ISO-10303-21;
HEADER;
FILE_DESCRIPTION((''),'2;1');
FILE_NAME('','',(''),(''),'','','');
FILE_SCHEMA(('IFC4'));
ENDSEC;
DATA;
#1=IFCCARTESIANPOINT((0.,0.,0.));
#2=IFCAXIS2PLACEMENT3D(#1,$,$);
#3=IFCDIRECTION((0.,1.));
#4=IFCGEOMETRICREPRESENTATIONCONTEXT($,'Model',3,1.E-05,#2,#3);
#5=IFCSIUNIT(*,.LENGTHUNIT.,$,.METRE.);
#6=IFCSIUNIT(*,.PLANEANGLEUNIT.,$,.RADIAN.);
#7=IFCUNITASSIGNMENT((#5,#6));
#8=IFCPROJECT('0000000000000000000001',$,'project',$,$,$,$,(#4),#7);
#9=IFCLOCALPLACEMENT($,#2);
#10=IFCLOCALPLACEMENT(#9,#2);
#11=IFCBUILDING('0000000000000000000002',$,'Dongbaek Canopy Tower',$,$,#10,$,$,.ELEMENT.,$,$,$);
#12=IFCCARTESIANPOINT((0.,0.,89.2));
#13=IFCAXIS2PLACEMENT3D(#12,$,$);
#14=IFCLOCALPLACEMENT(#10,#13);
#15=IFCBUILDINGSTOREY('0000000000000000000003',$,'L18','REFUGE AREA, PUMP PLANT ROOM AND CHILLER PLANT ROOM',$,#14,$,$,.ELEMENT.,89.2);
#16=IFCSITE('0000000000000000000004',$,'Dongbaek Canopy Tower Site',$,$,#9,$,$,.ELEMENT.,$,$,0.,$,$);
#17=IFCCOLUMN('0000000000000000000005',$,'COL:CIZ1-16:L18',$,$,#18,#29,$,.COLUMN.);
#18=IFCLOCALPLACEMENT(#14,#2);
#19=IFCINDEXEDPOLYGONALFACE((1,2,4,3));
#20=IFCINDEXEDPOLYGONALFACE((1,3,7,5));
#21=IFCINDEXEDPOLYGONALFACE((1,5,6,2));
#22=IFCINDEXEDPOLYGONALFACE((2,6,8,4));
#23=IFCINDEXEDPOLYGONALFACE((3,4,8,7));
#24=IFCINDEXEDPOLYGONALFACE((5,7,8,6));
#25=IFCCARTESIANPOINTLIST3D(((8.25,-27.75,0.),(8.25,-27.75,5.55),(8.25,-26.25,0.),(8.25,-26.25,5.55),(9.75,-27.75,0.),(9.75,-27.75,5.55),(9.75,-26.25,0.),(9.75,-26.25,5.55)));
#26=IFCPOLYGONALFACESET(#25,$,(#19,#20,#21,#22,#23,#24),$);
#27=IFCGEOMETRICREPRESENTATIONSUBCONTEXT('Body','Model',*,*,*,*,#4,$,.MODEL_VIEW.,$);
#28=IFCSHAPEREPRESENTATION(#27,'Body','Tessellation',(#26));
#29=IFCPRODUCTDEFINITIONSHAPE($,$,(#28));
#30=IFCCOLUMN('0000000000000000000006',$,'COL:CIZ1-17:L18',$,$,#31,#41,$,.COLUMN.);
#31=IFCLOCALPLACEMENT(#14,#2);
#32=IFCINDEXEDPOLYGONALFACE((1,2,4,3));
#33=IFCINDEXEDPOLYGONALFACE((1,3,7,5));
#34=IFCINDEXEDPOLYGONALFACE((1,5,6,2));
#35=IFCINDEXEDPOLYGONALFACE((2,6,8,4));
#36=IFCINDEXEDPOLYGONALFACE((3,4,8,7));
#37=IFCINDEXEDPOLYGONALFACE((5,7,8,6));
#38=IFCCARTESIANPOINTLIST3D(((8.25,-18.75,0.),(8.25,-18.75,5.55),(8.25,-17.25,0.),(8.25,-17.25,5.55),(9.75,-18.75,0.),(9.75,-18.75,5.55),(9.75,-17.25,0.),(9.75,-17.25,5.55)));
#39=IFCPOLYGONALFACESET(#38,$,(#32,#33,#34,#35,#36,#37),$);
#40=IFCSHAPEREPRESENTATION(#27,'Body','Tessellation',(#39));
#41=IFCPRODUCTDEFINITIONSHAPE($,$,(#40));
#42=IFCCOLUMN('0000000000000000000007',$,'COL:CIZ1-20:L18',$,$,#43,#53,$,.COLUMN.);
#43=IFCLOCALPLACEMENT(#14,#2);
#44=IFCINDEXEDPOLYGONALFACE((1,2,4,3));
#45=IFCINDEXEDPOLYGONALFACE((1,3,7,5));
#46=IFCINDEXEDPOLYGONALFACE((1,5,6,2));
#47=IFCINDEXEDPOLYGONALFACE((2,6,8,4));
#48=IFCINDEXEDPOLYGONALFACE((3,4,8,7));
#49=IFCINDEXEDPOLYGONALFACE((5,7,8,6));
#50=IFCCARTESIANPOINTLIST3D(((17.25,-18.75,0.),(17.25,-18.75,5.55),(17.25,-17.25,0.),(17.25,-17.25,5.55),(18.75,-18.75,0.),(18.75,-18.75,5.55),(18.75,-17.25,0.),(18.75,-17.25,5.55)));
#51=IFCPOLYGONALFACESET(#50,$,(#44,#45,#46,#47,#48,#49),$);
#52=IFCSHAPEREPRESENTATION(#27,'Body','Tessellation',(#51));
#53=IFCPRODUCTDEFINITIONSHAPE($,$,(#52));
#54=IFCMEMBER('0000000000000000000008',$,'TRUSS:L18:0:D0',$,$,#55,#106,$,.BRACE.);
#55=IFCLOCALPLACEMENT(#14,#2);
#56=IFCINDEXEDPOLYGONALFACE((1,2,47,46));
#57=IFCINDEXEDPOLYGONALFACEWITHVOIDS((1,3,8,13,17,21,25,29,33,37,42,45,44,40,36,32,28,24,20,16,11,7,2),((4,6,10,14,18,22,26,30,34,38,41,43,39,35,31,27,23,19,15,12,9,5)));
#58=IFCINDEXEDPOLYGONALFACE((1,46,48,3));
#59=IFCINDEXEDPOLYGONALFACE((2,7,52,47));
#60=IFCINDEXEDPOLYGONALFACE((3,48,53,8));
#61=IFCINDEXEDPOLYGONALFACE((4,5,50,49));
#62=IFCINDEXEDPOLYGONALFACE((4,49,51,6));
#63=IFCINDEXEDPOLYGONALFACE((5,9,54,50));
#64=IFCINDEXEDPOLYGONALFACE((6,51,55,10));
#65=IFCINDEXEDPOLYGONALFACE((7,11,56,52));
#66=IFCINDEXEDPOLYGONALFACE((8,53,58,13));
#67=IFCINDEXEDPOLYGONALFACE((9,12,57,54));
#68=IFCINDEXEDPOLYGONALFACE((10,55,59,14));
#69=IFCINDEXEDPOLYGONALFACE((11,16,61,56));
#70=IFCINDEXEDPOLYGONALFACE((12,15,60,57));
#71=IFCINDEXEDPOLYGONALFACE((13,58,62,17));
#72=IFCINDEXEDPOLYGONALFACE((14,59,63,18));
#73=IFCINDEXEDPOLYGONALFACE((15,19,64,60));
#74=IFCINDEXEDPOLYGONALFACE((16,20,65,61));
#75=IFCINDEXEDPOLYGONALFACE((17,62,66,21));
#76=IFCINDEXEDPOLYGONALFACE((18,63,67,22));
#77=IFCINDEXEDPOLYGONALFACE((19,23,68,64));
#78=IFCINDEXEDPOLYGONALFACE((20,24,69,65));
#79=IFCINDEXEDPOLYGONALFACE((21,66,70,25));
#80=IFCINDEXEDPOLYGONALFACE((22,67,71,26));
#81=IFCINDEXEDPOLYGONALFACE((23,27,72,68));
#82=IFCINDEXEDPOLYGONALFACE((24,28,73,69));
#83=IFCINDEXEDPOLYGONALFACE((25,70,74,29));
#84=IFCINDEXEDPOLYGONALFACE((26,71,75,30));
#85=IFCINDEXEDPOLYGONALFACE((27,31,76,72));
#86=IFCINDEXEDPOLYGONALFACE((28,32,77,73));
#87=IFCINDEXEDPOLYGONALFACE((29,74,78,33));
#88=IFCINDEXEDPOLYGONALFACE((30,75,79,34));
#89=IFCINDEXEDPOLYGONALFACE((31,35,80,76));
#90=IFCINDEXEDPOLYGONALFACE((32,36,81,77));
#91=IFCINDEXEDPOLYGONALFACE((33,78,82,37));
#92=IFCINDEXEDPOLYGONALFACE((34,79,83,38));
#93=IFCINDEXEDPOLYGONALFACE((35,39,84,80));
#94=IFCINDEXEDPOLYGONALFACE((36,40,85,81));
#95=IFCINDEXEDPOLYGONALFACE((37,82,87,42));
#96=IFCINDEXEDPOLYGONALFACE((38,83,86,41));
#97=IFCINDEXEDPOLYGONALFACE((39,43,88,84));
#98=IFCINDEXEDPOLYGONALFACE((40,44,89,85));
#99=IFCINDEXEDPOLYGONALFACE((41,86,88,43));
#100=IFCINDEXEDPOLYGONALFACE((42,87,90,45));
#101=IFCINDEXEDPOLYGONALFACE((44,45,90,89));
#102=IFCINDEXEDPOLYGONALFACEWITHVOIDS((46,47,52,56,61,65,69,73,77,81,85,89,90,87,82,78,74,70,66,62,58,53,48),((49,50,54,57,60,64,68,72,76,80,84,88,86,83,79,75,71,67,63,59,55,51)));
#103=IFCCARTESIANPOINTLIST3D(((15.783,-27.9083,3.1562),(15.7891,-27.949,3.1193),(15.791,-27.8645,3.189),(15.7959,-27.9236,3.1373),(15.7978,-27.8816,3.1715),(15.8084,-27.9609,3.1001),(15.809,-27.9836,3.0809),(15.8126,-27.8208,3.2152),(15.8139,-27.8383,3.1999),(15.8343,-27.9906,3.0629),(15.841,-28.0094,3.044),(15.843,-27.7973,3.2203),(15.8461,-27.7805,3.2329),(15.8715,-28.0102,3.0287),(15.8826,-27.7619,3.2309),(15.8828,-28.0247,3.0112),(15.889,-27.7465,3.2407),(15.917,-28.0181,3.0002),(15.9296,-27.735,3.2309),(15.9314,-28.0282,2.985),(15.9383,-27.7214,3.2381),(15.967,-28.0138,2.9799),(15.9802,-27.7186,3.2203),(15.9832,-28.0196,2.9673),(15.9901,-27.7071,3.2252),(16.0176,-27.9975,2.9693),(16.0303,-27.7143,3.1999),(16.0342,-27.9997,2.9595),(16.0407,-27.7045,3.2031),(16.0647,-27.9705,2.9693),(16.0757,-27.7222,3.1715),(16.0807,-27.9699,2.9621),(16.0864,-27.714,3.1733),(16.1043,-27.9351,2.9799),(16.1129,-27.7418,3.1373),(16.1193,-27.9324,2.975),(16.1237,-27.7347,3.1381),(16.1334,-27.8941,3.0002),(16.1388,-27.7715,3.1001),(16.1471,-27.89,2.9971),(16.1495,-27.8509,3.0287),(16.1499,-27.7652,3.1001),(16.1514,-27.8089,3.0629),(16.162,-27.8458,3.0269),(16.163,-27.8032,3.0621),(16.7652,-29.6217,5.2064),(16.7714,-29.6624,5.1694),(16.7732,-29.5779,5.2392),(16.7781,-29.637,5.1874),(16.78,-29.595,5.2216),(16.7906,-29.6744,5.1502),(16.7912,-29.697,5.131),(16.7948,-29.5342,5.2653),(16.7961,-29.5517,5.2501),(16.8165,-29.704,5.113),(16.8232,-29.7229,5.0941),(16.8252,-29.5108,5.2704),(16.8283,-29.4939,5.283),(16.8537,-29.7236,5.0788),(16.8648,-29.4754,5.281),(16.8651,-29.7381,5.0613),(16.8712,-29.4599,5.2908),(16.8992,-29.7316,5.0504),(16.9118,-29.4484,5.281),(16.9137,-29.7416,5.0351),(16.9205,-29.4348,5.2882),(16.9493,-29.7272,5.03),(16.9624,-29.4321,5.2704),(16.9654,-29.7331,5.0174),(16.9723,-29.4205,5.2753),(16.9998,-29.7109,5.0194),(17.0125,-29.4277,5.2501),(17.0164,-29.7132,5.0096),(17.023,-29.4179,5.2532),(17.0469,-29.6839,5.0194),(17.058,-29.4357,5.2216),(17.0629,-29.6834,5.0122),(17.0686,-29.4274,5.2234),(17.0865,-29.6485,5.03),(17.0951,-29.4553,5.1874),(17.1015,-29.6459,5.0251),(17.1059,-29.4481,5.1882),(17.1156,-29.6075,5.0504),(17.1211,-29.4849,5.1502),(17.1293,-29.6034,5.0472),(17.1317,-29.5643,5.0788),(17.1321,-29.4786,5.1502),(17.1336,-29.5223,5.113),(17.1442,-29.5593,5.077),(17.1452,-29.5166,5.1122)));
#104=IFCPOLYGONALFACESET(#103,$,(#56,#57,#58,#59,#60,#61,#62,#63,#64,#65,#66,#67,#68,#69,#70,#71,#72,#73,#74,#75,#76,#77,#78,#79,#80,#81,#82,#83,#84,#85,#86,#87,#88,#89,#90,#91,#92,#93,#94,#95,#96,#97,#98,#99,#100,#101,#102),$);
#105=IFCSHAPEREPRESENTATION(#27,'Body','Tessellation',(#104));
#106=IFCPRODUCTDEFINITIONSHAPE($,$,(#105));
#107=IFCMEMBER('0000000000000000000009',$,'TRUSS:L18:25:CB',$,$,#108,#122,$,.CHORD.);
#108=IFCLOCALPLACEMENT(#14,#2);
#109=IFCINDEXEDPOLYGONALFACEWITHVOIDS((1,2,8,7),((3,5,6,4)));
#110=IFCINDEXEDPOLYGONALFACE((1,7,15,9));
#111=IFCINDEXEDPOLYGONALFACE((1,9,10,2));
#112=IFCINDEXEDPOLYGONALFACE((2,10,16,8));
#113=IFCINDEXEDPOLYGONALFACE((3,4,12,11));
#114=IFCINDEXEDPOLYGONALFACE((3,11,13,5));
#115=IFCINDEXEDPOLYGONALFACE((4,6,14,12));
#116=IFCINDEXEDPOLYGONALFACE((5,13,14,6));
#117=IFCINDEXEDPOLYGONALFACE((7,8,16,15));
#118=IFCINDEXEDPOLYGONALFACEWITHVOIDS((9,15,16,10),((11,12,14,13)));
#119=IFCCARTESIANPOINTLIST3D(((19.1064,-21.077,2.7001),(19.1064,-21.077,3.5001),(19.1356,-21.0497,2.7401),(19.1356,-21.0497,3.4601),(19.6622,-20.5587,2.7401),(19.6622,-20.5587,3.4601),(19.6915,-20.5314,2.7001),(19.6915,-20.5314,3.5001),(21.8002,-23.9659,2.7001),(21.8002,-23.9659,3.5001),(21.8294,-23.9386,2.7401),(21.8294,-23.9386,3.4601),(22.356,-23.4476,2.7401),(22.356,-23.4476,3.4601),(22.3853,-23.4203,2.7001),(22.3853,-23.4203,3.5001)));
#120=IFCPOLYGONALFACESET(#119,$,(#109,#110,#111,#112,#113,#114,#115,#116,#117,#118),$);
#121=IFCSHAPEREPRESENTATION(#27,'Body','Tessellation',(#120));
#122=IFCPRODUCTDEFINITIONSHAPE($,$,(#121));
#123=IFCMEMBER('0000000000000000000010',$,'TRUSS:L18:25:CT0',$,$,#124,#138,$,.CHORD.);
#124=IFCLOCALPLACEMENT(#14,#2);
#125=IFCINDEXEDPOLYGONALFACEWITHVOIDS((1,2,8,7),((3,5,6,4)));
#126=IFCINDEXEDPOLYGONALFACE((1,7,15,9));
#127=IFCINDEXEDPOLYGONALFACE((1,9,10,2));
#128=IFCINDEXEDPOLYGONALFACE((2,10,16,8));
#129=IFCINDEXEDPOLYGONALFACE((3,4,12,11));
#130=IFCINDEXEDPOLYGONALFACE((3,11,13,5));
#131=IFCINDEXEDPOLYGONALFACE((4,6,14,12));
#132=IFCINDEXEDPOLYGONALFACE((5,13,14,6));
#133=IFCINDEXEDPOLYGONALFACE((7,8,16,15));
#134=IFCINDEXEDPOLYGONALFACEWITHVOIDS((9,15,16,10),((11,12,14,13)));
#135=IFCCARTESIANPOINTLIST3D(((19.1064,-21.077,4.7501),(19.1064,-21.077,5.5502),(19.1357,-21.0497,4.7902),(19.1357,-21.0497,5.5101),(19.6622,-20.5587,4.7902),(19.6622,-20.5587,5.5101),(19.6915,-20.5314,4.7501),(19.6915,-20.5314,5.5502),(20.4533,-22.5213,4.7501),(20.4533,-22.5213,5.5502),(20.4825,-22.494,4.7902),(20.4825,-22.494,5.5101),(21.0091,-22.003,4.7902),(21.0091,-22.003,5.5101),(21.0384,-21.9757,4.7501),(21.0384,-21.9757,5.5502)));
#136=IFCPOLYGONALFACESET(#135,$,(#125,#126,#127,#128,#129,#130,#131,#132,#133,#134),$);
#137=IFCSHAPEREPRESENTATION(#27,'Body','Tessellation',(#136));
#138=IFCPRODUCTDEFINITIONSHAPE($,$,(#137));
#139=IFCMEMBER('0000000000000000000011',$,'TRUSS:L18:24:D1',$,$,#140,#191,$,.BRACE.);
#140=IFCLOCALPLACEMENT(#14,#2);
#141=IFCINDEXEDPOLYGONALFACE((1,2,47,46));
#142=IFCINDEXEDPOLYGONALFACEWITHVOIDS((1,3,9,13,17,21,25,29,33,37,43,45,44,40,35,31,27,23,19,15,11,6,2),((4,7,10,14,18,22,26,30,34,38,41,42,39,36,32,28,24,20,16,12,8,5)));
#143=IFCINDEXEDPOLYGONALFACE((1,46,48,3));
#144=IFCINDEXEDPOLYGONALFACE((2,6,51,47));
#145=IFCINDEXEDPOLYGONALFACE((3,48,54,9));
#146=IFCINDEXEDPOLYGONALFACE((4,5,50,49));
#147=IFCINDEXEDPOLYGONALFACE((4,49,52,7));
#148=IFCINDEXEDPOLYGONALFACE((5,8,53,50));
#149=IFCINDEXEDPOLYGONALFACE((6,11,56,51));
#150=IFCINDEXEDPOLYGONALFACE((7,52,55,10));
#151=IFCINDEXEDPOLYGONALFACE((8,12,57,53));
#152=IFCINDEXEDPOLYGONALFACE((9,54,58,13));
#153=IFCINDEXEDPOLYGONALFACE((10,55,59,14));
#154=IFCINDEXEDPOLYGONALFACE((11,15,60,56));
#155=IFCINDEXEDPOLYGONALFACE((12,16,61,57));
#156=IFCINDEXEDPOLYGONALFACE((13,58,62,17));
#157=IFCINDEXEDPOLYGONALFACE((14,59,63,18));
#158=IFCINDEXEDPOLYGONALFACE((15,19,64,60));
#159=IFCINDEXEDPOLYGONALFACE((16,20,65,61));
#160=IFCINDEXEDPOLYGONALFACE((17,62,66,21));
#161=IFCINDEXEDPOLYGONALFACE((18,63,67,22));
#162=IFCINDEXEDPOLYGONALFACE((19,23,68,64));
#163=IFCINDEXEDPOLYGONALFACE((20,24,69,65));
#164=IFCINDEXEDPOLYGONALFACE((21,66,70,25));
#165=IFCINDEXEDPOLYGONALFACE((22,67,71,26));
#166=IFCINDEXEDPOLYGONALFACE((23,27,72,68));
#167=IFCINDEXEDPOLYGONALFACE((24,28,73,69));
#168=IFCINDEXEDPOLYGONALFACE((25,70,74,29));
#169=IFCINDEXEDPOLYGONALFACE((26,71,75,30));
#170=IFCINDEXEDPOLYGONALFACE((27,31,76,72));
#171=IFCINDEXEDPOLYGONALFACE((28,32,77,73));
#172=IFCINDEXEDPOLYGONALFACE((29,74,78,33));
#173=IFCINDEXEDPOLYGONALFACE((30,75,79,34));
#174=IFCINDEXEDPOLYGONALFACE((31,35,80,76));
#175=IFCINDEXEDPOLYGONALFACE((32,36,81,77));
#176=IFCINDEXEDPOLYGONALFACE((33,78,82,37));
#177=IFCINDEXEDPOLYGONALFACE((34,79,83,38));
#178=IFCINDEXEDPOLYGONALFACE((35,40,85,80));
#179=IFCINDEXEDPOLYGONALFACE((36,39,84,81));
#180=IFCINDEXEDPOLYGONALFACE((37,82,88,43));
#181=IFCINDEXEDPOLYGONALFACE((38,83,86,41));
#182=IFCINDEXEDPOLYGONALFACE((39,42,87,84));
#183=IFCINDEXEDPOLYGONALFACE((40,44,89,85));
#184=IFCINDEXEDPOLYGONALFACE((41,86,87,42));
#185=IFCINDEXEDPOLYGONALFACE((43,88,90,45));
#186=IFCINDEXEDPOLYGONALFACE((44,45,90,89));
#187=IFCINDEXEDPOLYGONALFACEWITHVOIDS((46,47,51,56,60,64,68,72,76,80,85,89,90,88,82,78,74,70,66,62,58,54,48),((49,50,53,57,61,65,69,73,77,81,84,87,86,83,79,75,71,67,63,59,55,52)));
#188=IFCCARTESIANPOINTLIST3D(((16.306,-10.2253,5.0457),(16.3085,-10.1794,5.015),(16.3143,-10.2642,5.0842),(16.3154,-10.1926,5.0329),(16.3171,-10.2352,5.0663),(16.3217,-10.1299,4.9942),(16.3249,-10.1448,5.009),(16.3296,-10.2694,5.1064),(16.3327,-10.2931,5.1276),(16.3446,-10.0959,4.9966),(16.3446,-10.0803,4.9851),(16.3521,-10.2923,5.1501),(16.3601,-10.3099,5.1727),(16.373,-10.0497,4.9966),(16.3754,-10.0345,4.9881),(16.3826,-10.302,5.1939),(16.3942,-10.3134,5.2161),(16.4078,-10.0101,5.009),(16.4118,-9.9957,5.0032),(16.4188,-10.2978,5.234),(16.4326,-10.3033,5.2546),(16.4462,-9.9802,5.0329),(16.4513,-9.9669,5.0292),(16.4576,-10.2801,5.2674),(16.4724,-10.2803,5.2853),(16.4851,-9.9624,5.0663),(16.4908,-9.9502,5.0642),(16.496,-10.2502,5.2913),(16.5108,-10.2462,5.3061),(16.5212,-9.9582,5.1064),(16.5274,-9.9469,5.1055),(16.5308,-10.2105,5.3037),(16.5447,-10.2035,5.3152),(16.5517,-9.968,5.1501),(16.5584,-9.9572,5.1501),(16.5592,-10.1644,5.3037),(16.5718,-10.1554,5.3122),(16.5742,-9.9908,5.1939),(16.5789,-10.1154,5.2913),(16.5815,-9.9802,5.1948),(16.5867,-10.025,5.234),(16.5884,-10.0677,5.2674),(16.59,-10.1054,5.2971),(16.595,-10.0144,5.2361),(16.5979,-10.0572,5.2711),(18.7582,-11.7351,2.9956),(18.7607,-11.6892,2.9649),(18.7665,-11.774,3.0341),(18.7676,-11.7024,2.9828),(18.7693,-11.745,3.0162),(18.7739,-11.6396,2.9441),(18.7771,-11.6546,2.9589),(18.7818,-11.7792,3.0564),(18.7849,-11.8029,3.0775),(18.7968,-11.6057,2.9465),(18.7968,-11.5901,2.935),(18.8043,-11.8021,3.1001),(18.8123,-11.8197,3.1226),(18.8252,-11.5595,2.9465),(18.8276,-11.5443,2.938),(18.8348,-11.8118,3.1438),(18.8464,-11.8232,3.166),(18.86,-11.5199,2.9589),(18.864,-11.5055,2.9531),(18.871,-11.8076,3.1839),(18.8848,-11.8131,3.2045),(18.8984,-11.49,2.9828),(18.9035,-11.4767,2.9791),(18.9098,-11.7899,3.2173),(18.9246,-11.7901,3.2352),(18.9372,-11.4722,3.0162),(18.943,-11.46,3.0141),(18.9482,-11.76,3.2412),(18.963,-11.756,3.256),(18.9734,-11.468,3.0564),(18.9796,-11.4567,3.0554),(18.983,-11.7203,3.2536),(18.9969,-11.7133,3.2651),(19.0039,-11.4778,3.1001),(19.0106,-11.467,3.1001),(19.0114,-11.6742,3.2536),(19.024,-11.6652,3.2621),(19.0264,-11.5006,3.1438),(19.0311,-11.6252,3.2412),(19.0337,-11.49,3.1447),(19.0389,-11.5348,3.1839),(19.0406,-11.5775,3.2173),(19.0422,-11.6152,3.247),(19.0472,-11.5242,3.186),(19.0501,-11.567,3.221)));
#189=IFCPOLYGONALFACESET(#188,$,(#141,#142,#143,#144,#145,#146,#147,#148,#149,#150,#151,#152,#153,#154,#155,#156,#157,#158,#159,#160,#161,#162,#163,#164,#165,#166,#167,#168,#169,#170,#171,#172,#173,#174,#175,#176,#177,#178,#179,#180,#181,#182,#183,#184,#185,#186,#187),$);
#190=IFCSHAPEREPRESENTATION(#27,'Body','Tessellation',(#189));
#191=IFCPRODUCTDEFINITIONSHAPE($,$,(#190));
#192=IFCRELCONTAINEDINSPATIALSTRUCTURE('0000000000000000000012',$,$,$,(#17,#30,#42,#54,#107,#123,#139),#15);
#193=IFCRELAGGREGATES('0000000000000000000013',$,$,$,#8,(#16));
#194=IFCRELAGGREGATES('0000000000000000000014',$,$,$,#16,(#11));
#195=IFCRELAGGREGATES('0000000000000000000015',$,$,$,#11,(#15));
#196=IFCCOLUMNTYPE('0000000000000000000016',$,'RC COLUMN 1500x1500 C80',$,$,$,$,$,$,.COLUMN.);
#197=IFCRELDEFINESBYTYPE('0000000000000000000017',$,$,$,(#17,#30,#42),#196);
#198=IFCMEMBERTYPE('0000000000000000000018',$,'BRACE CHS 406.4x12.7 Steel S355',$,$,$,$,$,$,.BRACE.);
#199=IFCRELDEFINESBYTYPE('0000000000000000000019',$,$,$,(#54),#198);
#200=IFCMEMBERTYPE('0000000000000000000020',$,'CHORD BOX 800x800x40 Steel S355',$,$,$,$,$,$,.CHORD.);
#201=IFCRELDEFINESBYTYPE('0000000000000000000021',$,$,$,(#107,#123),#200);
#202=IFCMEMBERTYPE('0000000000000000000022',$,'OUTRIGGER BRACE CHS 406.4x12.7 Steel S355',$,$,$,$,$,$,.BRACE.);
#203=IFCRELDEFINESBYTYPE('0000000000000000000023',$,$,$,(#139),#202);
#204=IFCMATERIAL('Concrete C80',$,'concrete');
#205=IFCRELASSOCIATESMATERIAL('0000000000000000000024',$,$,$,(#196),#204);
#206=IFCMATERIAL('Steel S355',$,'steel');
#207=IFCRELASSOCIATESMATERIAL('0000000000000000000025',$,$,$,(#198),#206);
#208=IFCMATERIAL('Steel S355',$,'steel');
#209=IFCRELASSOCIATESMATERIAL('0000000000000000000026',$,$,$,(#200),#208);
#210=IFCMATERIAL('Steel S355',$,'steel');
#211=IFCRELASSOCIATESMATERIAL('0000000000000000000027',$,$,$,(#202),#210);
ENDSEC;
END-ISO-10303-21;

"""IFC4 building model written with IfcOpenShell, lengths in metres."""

from ifc_helpers import new_model, si_unit, direction, frame, origin, origin_2d, place, context, subcontext, project, spatial, rectangle, hollow_rectangle, hollow_circle, extrude, material, material_profile, profile_set, type_object, element, save


model = new_model("IFC4")

# Units and contexts
model_context = context("Model", 3, precision=1e-05, world=origin(), true_north=direction((0.0, 1.0)))
body_context = subcontext(model_context, "Body", "Model", "MODEL_VIEW")
ifc_project = project(units=[si_unit("LENGTHUNIT", "METRE"), si_unit("PLANEANGLEUNIT", "RADIAN")], contexts=[model_context])

# Site, building, storey
site_placement = place(None, origin())
site = spatial("IfcSite", under=ifc_project, at=site_placement, Name="Dongbaek Canopy Tower Site", CompositionType="ELEMENT", RefElevation=0.0)
building_placement = place(site_placement, origin())
building = spatial("IfcBuilding", under=site, at=building_placement, Name="Dongbaek Canopy Tower", CompositionType="ELEMENT")
storey_placement = place(building_placement, frame((0.0, 0.0, 89.2)))
storey = spatial("IfcBuildingStorey", under=building, at=storey_placement, Name="L18", Description="REFUGE AREA, PUMP PLANT ROOM AND CHILLER PLANT ROOM", CompositionType="ELEMENT", Elevation=89.2)

# Columns
ifc_material_1 = material(Name="Concrete C80", Category="concrete")
ifc_material_profile_1 = material_profile(ifc_material_1, rectangle(XDim=1.5, YDim=1.5, at=origin_2d()), Name="RC COLUMN 1500x1500 C80")
ifc_profile_set_1 = profile_set([ifc_material_profile_1], Name="Concrete C80")
column_type = type_object("IfcColumnType", Name="RC COLUMN 1500x1500 C80", PredefinedType="COLUMN", material=ifc_profile_set_1)
for number, where, z_axis, x_axis, name in (
    (1, (9.0, -27.0, 0.0), (0.0, 0.0, 1.0), (1.0, 0.0, 0.0), "COL:CIZ1-16:L18"),
    (2, (9.0, -18.0, 0.0), (0.0, 0.0, 1.0), (1.0, 0.0, 0.0), "COL:CIZ1-17:L18"),
    (3, (18.0, -18.0, 0.0), (0.0, 0.0, 1.0), (1.0, 0.0, 0.0), "COL:CIZ1-20:L18"),
):
    element("IfcColumn", number, at=place(storey_placement, frame(where, z_axis=z_axis, x_axis=x_axis)), inside=storey, type_object=column_type, Name=name, PredefinedType="COLUMN", context=body_context, shape_type="SweptSolid", body=[
        extrude(rectangle(XDim=1.5, YDim=1.5, at=origin_2d()), origin(), (0.0, 0.0, 1.0), 5.55),
    ])

# Members
ifc_material_2 = material(Name="Steel S355", Category="steel")
ifc_material_profile_2 = material_profile(ifc_material_2, hollow_circle(Radius=0.2031, WallThickness=0.0127, at=origin_2d()), Name="BRACE CHS 406.4x12.7 Steel S355")
ifc_profile_set_2 = profile_set([ifc_material_profile_2], Name="Steel S355")
member_type_1 = type_object("IfcMemberType", Name="BRACE CHS 406.4x12.7 Steel S355", PredefinedType="BRACE", material=ifc_profile_set_2)
member_1_placement = place(storey_placement, frame((15.9736, -27.8662, 3.1001), z_axis=(0.345037, -0.601907, 0.720179), x_axis=(0.867565, 0.497323, 0.0)))
element("IfcMember", 4, at=member_1_placement, inside=storey, type_object=member_type_1, Name="TRUSS:L18:0:D0", PredefinedType="BRACE", context=body_context, shape_type="SweptSolid", body=[
    extrude(hollow_circle(Radius=0.2031, WallThickness=0.0127, at=origin_2d()), origin(), (0.0, 0.0, 1.0), 2.8467),
])
ifc_material_3 = material(Name="Steel S355", Category="steel")
ifc_material_profile_3 = material_profile(ifc_material_3, hollow_rectangle(XDim=0.8, YDim=0.8, WallThickness=0.04, at=origin_2d()), Name="CHORD BOX 800x800x40 Steel S355")
ifc_profile_set_3 = profile_set([ifc_material_profile_3], Name="Steel S355")
member_type_2 = type_object("IfcMemberType", Name="CHORD BOX 800x800x40 Steel S355", PredefinedType="CHORD", material=ifc_profile_set_3)
member_2_placement = place(storey_placement, frame((19.3989, -20.8042, 3.1001), z_axis=(0.681983, -0.731368, 0.0), x_axis=(0.731368, 0.681983, 0.0)))
element("IfcMember", 5, at=member_2_placement, inside=storey, type_object=member_type_2, Name="TRUSS:L18:25:CB", PredefinedType="CHORD", context=body_context, shape_type="SweptSolid", body=[
    extrude(hollow_rectangle(XDim=0.8, YDim=0.8, WallThickness=0.04, at=origin_2d()), origin(), (0.0, 0.0, 1.0), 3.95),
])
member_3_placement = place(storey_placement, frame((19.3989, -20.8042, 5.1501), z_axis=(0.682014, -0.731339, 0.0), x_axis=(0.731339, 0.682014, 0.0)))
element("IfcMember", 6, at=member_3_placement, inside=storey, type_object=member_type_2, Name="TRUSS:L18:25:CT0", PredefinedType="CHORD", context=body_context, shape_type="SweptSolid", body=[
    extrude(hollow_rectangle(XDim=0.8, YDim=0.8, WallThickness=0.04, at=origin_2d()), origin(), (0.0, 0.0, 1.0), 1.9749),
])
ifc_material_4 = material(Name="Steel S355", Category="steel")
ifc_material_profile_4 = material_profile(ifc_material_4, hollow_circle(Radius=0.2031, WallThickness=0.0127, at=origin_2d()), Name="OUTRIGGER BRACE CHS 406.4x12.7 Steel S355")
ifc_profile_set_4 = profile_set([ifc_material_profile_4], Name="Steel S355")
member_type_3 = type_object("IfcMemberType", Name="OUTRIGGER BRACE CHS 406.4x12.7 Steel S355", PredefinedType="BRACE", material=ifc_profile_set_4)
for number, where, z_axis, x_axis, name in (
    (7, (16.4519, -10.1301, 5.1501), (0.693708, -0.42711, -0.579954), (0.524287, 0.851542, 0.0), "TRUSS:L18:24:D1"),
):
    element("IfcMember", number, at=place(storey_placement, frame(where, z_axis=z_axis, x_axis=x_axis)), inside=storey, type_object=member_type_3, Name=name, PredefinedType="BRACE", context=body_context, shape_type="SweptSolid", body=[
        extrude(hollow_circle(Radius=0.2031, WallThickness=0.0127, at=origin_2d()), origin(), (0.0, 0.0, 1.0), 3.5349),
    ])

save(model, "model.ifc")
